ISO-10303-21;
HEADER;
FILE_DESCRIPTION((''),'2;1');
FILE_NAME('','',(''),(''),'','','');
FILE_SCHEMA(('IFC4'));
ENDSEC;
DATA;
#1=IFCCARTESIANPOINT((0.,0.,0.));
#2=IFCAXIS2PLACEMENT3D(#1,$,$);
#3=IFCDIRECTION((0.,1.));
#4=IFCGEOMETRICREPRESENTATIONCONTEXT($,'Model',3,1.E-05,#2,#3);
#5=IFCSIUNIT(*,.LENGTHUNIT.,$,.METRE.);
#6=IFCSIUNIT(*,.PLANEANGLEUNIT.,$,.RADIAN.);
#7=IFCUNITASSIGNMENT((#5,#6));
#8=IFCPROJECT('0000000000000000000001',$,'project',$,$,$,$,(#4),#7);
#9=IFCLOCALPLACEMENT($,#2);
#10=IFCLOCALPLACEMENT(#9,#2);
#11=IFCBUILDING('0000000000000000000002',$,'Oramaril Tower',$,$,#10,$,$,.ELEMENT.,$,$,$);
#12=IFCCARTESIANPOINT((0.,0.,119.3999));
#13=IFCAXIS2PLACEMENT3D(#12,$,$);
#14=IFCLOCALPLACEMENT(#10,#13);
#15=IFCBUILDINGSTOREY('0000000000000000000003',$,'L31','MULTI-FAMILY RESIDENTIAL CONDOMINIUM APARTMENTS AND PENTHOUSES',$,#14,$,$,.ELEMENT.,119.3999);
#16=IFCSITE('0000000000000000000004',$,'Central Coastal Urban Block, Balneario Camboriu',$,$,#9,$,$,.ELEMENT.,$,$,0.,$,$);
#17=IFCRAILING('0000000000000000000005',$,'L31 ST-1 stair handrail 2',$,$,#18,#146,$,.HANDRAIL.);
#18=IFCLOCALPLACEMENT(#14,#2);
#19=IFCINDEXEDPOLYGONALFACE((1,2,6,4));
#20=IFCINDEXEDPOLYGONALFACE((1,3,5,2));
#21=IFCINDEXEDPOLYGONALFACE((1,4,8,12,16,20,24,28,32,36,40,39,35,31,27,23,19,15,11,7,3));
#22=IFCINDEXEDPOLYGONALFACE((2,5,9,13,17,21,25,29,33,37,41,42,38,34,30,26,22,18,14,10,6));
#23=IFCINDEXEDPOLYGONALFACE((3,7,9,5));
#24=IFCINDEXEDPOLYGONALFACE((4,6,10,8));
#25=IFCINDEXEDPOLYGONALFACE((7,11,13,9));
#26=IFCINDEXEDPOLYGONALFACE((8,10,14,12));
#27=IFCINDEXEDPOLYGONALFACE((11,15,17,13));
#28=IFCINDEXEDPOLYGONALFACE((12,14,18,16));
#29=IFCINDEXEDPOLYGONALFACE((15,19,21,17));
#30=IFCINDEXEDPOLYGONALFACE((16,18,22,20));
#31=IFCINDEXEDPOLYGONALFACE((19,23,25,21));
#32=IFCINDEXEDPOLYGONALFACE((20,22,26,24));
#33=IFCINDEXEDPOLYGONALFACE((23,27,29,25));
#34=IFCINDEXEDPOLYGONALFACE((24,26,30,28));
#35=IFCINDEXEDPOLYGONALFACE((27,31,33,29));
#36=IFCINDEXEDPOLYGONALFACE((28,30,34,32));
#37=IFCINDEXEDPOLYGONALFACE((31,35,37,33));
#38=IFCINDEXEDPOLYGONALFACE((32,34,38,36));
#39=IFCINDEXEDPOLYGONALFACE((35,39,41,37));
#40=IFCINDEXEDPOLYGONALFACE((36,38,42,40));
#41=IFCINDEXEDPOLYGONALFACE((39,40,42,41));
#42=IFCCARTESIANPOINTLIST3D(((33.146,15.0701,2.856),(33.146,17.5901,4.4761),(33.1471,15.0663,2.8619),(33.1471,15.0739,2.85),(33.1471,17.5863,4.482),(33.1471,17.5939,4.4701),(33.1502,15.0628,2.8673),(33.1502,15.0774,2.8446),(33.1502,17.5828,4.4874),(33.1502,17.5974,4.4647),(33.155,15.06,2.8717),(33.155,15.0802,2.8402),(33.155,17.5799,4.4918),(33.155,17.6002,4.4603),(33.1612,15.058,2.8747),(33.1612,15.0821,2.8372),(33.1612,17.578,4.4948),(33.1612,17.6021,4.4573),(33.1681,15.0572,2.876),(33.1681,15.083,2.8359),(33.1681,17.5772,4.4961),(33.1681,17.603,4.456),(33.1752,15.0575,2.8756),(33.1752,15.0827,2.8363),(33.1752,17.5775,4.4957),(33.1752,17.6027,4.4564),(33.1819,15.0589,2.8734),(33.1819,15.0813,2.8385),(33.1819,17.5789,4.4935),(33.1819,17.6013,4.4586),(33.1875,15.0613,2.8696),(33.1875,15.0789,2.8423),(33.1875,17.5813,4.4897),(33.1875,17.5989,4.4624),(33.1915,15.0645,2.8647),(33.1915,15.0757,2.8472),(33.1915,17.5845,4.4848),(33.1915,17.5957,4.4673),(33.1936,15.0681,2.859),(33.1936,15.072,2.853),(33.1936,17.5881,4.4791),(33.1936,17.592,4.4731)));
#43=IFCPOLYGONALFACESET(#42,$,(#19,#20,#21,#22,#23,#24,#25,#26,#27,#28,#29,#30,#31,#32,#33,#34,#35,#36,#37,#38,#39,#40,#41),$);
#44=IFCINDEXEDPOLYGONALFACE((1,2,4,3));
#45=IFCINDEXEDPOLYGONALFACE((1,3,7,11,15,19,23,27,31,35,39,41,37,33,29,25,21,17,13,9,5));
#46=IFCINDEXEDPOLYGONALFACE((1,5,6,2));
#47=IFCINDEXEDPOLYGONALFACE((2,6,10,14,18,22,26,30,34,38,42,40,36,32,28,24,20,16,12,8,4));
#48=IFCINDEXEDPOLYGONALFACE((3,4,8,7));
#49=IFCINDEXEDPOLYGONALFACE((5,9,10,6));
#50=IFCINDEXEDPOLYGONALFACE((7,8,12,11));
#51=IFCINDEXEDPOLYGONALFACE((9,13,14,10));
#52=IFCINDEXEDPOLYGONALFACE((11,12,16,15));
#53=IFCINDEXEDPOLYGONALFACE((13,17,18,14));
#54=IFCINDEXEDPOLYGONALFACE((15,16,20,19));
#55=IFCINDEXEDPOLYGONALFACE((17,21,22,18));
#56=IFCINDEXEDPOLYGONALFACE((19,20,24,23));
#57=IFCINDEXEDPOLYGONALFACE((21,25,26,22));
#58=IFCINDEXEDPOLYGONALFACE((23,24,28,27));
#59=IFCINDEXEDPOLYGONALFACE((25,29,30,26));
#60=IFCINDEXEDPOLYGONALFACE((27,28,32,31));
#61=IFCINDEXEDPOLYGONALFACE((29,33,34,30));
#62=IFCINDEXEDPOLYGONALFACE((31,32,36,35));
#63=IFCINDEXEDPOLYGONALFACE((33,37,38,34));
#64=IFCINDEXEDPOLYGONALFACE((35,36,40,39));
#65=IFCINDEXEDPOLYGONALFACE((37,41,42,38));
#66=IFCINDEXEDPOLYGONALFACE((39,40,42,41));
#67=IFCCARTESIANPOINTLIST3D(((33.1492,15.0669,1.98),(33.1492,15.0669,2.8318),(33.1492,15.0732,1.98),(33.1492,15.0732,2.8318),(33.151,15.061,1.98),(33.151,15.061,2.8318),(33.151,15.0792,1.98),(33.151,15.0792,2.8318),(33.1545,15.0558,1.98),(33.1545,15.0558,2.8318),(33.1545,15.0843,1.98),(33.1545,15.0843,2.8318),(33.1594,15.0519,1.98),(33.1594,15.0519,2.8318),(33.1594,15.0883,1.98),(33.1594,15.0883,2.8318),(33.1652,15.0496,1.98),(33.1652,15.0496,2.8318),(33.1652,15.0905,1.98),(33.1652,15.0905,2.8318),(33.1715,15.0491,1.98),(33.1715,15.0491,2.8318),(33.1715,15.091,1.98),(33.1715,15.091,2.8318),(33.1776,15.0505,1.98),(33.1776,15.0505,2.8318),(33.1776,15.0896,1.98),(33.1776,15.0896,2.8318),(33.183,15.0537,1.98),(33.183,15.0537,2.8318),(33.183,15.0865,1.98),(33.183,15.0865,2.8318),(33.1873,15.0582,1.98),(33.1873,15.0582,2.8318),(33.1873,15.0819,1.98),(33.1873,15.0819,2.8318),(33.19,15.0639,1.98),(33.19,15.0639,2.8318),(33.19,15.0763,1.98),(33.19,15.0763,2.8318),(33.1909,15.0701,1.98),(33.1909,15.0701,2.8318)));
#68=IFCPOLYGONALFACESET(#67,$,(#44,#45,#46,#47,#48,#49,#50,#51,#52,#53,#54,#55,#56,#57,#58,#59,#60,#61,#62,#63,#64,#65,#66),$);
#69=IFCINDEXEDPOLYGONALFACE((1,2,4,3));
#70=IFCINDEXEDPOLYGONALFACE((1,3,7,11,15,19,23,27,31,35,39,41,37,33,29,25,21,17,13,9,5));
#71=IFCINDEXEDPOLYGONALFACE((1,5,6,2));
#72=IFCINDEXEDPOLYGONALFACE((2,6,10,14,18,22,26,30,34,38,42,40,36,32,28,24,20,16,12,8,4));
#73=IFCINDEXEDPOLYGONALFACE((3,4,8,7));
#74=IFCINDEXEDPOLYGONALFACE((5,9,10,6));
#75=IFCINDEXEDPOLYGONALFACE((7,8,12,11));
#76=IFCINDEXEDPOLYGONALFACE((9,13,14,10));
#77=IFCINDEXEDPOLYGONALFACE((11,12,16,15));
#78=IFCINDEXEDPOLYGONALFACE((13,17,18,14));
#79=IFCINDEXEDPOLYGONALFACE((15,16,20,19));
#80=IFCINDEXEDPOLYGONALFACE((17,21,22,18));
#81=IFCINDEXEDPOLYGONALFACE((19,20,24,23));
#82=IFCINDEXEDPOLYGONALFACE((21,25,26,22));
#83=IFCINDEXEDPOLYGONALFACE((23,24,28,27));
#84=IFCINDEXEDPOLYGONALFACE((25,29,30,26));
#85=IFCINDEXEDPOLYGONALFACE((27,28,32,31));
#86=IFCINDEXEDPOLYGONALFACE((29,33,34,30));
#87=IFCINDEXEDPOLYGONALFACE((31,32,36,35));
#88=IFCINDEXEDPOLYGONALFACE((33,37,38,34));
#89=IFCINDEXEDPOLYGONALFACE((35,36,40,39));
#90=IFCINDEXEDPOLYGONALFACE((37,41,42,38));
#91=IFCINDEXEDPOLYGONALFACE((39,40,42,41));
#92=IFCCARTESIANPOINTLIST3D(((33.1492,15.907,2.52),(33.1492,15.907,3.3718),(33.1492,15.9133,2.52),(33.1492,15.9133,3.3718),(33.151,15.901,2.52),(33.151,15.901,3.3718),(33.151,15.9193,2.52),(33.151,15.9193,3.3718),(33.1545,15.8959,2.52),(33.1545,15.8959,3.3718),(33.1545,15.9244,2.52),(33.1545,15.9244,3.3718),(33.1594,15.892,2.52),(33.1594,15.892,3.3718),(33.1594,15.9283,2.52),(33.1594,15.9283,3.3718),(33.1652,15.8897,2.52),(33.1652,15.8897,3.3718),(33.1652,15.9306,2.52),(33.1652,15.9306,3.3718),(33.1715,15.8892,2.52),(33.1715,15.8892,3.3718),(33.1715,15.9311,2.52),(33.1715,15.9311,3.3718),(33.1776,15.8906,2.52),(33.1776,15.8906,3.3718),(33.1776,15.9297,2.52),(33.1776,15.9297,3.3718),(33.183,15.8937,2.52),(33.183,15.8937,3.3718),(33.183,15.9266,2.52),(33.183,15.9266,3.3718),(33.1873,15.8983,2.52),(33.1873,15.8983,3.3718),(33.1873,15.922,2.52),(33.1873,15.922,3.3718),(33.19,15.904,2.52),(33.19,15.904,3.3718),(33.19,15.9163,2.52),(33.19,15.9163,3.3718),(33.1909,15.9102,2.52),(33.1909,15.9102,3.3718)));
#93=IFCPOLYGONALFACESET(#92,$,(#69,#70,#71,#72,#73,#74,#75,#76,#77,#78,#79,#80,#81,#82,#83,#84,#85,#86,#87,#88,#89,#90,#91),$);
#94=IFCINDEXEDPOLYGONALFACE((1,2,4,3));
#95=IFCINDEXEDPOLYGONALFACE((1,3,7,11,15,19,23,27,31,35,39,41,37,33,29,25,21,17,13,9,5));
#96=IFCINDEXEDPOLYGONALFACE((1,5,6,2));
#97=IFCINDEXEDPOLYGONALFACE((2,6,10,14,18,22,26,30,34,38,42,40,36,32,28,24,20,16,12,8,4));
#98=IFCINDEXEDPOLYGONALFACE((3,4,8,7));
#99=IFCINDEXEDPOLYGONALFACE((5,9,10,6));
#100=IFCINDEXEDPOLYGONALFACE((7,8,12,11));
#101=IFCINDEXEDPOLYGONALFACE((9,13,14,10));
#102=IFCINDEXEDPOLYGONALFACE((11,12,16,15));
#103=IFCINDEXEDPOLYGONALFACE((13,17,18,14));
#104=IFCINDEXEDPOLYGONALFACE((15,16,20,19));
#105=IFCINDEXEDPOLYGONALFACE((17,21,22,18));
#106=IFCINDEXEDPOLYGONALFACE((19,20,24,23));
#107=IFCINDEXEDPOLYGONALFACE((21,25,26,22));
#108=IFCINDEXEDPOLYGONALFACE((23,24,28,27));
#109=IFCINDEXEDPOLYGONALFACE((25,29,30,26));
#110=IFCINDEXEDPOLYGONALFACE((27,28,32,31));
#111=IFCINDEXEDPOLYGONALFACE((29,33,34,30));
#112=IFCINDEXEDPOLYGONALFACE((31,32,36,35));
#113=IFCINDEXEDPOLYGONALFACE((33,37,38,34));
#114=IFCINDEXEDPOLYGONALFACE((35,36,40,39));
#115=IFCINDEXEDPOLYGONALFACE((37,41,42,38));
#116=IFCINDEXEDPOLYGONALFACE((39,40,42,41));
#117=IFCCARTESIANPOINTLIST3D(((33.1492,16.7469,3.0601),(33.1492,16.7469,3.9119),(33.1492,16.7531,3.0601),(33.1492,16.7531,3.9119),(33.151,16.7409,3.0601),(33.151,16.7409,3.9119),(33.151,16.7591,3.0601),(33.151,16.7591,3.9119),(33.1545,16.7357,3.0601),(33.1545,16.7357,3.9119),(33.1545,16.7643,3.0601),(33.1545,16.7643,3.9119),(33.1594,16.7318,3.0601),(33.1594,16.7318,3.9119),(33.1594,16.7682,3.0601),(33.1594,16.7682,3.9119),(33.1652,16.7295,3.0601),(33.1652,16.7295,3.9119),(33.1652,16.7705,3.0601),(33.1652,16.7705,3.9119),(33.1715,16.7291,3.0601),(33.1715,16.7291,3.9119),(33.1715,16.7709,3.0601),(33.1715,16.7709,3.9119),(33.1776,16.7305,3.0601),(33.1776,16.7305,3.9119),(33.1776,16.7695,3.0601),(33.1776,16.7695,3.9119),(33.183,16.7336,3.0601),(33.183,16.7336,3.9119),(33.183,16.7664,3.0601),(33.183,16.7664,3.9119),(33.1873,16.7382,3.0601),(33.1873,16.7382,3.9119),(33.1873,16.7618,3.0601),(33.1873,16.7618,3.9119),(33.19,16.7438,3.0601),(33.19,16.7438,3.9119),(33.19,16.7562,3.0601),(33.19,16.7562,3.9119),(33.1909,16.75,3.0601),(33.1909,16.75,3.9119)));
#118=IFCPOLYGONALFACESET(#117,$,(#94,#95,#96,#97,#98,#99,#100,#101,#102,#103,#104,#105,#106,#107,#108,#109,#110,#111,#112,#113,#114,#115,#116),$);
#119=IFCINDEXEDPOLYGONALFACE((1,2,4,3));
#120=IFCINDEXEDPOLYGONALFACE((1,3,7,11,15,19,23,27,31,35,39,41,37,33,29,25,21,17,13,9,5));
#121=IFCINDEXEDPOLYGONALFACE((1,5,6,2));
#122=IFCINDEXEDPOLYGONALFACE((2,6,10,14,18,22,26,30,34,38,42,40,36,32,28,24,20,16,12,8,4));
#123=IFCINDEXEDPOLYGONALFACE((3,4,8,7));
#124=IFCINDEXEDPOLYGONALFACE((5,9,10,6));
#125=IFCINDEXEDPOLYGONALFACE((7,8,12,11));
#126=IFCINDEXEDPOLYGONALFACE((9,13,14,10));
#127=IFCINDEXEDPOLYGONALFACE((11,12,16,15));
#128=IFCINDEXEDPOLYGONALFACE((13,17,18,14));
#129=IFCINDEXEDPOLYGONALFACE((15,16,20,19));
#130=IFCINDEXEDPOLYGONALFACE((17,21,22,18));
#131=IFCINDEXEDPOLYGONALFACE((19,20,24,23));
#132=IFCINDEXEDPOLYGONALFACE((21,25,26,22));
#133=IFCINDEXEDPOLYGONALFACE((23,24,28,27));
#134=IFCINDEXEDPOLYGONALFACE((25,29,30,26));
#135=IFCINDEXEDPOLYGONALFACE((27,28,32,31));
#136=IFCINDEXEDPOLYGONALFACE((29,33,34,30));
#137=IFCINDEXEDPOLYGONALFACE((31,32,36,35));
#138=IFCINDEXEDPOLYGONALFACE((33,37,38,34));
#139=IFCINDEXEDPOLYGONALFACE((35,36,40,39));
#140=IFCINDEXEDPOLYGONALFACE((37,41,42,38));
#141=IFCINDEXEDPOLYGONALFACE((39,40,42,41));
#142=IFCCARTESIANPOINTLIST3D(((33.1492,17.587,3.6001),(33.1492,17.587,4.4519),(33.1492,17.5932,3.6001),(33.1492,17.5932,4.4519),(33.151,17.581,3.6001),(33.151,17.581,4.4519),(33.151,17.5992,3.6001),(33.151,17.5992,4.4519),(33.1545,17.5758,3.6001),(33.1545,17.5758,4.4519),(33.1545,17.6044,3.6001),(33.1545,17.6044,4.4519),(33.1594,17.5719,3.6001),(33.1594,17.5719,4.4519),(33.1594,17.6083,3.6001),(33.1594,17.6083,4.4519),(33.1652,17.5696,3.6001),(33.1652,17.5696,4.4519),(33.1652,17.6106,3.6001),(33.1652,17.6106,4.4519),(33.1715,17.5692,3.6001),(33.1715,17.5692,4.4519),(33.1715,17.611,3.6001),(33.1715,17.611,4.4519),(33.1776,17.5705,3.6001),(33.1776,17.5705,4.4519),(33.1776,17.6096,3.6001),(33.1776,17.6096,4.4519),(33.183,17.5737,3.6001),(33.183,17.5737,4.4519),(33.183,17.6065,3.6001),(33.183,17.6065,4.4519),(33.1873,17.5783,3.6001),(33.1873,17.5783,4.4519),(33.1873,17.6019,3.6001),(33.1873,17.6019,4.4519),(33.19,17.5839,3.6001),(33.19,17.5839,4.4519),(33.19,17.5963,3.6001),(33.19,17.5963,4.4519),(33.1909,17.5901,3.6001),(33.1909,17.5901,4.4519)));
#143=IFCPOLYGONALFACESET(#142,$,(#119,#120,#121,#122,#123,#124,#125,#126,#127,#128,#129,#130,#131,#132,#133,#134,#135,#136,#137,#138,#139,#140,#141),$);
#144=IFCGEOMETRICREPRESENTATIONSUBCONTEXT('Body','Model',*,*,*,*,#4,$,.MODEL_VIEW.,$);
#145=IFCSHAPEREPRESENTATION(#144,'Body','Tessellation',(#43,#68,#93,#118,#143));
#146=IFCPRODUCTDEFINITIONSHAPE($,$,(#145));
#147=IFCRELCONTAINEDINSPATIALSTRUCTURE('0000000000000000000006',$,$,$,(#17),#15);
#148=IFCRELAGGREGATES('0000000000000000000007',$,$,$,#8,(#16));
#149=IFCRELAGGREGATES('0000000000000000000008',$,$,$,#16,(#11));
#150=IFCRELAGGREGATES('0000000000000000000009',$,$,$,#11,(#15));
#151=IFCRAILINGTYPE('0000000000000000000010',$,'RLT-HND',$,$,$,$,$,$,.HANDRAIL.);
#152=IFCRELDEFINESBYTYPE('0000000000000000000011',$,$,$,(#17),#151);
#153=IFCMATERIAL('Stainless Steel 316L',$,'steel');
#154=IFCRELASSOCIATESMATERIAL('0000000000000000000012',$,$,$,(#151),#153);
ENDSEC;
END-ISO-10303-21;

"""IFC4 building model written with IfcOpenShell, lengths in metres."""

from ifc_helpers import new_model, si_unit, direction, frame, origin, origin_2d, place, context, subcontext, project, spatial, circle, extrude, material, type_object, element, save


model = new_model("IFC4")

# Units and contexts
model_context = context("Model", 3, precision=1e-05, world=origin(), true_north=direction((0.0, 1.0)))
body_context = subcontext(model_context, "Body", "Model", "MODEL_VIEW")
ifc_project = project(units=[si_unit("LENGTHUNIT", "METRE"), si_unit("PLANEANGLEUNIT", "RADIAN")], contexts=[model_context])

# Site, building, storey
site_placement = place(None, origin())
site = spatial("IfcSite", under=ifc_project, at=site_placement, Name="Central Coastal Urban Block, Balneario Camboriu", CompositionType="ELEMENT", RefElevation=0.0)
building_placement = place(site_placement, origin())
building = spatial("IfcBuilding", under=site, at=building_placement, Name="Oramaril Tower", CompositionType="ELEMENT")
storey_placement = place(building_placement, frame((0.0, 0.0, 119.3999)))
storey = spatial("IfcBuildingStorey", under=building, at=storey_placement, Name="L31", Description="MULTI-FAMILY RESIDENTIAL CONDOMINIUM APARTMENTS AND PENTHOUSES", CompositionType="ELEMENT", Elevation=119.3999)

# Railing
ifc_material_1 = material(Name="Stainless Steel 316L", Category="steel")
railing_type_1 = type_object("IfcRailingType", Name="RLT-HND", PredefinedType="HANDRAIL", material=ifc_material_1)
railing_1_placement = place(storey_placement, frame((33.1699, 15.0701, 1.98)))
element("IfcRailing", 1, at=railing_1_placement, inside=storey, type_object=railing_type_1, Name="L31 ST-1 stair handrail 2", PredefinedType="HANDRAIL", context=body_context, shape_type="SweptSolid", body=[
    extrude(circle(Radius=0.0239, at=origin_2d()), frame((0.0, 0.0, 0.876), z_axis=(0.0, 0.841163, 0.540782), x_axis=(-1.0, 0.0, 0.0)), (0.0, 0.0, 1.0), 2.9958),
    extrude(circle(Radius=0.021, at=origin_2d()), origin(), (0.0, 0.0, 1.0), 0.8518),
    extrude(circle(Radius=0.021, at=origin_2d()), frame((0.0, 0.8401, 0.54)), (0.0, 0.0, 1.0), 0.8518),
    extrude(circle(Radius=0.021, at=origin_2d()), frame((0.0, 1.6799, 1.0801)), (0.0, 0.0, 1.0), 0.8518),
    extrude(circle(Radius=0.021, at=origin_2d()), frame((0.0, 2.52, 1.6201)), (0.0, 0.0, 1.0), 0.8518),
])

save(model, "model.ifc")
